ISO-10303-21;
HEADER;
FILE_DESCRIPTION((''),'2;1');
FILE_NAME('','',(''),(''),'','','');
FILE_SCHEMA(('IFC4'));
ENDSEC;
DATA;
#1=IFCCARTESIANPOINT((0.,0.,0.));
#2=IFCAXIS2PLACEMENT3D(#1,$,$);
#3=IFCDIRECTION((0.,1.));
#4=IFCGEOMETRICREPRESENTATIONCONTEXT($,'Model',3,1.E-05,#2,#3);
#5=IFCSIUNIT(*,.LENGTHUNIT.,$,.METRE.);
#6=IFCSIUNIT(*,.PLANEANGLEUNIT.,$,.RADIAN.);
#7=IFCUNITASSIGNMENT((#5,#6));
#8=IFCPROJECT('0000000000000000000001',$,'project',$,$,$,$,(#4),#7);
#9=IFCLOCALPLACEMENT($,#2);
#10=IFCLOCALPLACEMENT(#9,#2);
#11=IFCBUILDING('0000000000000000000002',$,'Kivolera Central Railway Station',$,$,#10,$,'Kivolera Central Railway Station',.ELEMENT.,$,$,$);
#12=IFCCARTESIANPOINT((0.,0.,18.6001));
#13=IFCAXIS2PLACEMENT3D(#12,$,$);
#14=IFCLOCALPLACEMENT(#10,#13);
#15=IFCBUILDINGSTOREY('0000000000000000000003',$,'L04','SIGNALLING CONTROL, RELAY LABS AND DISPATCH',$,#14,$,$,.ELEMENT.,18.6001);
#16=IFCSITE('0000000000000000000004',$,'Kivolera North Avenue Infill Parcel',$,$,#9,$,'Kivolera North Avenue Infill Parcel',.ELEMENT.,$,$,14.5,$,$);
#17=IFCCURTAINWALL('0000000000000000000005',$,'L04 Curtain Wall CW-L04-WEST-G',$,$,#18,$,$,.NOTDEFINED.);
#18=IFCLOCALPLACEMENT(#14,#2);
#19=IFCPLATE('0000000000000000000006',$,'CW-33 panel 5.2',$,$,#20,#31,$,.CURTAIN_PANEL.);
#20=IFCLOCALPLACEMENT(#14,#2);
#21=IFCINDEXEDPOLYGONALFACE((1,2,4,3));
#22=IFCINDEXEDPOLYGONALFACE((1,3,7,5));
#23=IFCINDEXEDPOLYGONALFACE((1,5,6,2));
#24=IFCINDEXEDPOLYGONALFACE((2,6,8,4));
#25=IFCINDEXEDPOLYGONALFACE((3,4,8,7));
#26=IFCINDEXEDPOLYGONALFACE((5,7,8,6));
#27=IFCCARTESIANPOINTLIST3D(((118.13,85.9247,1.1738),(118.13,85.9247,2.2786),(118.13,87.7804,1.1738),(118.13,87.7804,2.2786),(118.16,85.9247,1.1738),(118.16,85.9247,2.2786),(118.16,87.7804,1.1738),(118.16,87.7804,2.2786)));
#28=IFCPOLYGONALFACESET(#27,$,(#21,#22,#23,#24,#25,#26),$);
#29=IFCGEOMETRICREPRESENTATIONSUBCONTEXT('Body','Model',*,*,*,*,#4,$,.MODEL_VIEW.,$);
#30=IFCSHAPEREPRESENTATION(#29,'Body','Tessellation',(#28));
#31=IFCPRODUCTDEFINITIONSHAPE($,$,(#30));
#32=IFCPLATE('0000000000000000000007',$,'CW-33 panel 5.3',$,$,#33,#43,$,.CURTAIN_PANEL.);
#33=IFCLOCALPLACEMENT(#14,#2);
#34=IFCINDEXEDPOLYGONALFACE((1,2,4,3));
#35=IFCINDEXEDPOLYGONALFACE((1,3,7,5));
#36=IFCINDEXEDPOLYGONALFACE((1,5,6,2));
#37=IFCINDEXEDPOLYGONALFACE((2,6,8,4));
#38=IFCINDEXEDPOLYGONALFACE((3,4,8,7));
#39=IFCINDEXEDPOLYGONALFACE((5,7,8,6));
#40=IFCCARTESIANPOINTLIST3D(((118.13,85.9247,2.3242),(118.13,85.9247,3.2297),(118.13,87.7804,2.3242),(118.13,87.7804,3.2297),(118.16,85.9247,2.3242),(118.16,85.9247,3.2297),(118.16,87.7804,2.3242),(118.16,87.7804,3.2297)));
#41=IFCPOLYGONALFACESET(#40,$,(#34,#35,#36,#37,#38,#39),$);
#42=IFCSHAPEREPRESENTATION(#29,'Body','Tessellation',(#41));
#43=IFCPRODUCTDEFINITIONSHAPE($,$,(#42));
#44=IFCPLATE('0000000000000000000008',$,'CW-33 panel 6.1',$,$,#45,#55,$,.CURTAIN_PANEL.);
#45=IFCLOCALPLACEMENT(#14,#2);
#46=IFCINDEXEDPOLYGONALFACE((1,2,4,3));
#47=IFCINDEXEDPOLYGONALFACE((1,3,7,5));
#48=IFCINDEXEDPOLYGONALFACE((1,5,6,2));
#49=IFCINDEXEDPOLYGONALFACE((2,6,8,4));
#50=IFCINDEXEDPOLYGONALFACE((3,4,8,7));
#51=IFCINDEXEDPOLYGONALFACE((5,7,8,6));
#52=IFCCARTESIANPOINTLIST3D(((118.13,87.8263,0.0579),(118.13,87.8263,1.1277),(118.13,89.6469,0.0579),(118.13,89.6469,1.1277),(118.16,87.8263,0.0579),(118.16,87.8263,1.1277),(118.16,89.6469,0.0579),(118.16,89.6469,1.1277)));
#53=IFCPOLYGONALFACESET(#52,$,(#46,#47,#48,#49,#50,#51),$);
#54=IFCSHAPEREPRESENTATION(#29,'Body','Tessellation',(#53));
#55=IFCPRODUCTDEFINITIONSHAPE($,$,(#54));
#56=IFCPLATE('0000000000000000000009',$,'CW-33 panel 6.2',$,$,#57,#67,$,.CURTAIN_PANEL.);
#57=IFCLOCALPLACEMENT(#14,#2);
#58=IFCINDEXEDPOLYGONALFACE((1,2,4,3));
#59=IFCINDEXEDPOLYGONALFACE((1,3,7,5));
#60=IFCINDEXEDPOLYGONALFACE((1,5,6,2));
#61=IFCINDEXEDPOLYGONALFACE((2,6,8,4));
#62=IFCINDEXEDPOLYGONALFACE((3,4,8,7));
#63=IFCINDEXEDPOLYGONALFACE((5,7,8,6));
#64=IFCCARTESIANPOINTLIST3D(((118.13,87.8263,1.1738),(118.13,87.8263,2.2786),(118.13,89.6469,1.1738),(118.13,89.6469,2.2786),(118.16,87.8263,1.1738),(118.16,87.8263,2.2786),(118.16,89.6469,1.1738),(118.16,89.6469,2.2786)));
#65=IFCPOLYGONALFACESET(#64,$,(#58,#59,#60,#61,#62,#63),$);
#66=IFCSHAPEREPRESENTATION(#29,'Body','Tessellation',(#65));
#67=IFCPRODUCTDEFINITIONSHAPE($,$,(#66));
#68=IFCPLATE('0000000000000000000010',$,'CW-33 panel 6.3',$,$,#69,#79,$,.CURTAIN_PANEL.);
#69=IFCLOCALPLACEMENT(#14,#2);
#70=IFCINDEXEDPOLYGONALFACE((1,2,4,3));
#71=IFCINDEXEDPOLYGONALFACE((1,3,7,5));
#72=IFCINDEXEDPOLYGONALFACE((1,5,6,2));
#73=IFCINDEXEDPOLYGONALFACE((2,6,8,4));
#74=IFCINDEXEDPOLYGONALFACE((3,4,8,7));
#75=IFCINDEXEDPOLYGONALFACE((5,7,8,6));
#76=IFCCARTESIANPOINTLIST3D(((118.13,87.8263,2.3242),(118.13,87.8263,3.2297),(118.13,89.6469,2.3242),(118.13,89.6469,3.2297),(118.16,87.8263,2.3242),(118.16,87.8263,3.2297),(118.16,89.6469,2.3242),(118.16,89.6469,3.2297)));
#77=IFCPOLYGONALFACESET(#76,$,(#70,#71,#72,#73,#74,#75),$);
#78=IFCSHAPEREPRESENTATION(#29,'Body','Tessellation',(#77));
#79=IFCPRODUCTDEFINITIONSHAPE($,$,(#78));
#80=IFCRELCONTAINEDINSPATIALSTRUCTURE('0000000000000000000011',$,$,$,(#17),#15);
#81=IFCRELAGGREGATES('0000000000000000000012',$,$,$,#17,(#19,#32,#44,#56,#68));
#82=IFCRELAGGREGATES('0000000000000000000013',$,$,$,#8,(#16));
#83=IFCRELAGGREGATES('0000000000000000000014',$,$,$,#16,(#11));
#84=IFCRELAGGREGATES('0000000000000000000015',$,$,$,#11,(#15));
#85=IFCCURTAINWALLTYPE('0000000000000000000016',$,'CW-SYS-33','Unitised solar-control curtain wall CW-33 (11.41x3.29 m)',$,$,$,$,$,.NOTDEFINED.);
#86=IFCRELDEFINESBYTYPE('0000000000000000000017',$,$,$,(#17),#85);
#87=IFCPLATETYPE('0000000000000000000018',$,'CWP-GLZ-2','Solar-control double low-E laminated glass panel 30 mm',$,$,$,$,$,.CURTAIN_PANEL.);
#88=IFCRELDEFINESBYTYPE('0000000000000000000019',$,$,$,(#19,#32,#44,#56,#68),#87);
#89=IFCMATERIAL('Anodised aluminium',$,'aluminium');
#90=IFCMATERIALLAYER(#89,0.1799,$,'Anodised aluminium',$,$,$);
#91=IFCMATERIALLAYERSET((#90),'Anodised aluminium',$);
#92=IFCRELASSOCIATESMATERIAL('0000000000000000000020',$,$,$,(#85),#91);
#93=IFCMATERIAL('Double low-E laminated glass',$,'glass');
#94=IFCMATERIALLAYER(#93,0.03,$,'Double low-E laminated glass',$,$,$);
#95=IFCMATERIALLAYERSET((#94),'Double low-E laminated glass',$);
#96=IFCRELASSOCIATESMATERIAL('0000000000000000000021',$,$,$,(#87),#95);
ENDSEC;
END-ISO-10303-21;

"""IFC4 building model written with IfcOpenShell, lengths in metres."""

from ifc_helpers import new_model, si_unit, direction, frame, origin, origin_2d, place, context, subcontext, project, spatial, rectangle, extrude, material, layer, layer_set, type_object, element, aggregate, save


model = new_model("IFC4")

# Units and contexts
model_context = context("Model", 3, precision=1e-05, world=origin(), true_north=direction((0.0, 1.0)))
body_context = subcontext(model_context, "Body", "Model", "MODEL_VIEW")
ifc_project = project(units=[si_unit("LENGTHUNIT", "METRE"), si_unit("PLANEANGLEUNIT", "RADIAN")], contexts=[model_context])

# Site, building, storey
site_placement = place(None, origin())
site = spatial("IfcSite", under=ifc_project, at=site_placement, Name="Kivolera North Avenue Infill Parcel", LongName="Kivolera North Avenue Infill Parcel", CompositionType="ELEMENT", RefElevation=14.5)
building_placement = place(site_placement, origin())
building = spatial("IfcBuilding", under=site, at=building_placement, Name="Kivolera Central Railway Station", LongName="Kivolera Central Railway Station", CompositionType="ELEMENT")
storey_placement = place(building_placement, frame((0.0, 0.0, 18.6001)))
storey = spatial("IfcBuildingStorey", under=building, at=storey_placement, Name="L04", Description="SIGNALLING CONTROL, RELAY LABS AND DISPATCH", CompositionType="ELEMENT", Elevation=18.6001)

# Curtain wall
ifc_material_1 = material(Name="Anodised aluminium", Category="aluminium")
ifc_layer_1 = layer(ifc_material_1, 0.1799, Name="Anodised aluminium")
ifc_layer_set_1 = layer_set([ifc_layer_1], Name="Anodised aluminium")
curtain_wall_type = type_object("IfcCurtainWallType", Name="CW-SYS-33", Description="Unitised solar-control curtain wall CW-33 (11.41x3.29 m)", PredefinedType="NOTDEFINED", material=ifc_layer_set_1)
curtain_wall_1_placement = place(storey_placement, origin())
curtain_wall_1 = element("IfcCurtainWall", 1, at=curtain_wall_1_placement, inside=storey, type_object=curtain_wall_type, Name="L04 Curtain Wall CW-L04-WEST-G", PredefinedType="NOTDEFINED")

# Plates
ifc_material_2 = material(Name="Double low-E laminated glass", Category="glass")
ifc_layer_2 = layer(ifc_material_2, 0.03, Name="Double low-E laminated glass")
ifc_layer_set_2 = layer_set([ifc_layer_2], Name="Double low-E laminated glass")
plate_type = type_object("IfcPlateType", Name="CWP-GLZ-2", Description="Solar-control double low-E laminated glass panel 30 mm", PredefinedType="CURTAIN_PANEL", material=ifc_layer_set_2)
plate_1_placement = place(storey_placement, frame((118.145, 86.8525, 1.1738), z_axis=(0.0, 0.0, 1.0), x_axis=(0.0, 1.0, 0.0)))
plate_1 = element("IfcPlate", 2, at=plate_1_placement, type_object=plate_type, Name="CW-33 panel 5.2", PredefinedType="CURTAIN_PANEL", context=body_context, shape_type="SweptSolid", body=[
    extrude(rectangle(XDim=1.8557, YDim=0.03, at=origin_2d()), origin(), (0.0, 0.0, 1.0), 1.1047),
])
plate_2_placement = place(storey_placement, frame((118.145, 86.8525, 2.3242), z_axis=(0.0, 0.0, 1.0), x_axis=(0.0, 1.0, 0.0)))
plate_2 = element("IfcPlate", 3, at=plate_2_placement, type_object=plate_type, Name="CW-33 panel 5.3", PredefinedType="CURTAIN_PANEL", context=body_context, shape_type="SweptSolid", body=[
    extrude(rectangle(XDim=1.8557, YDim=0.03, at=origin_2d()), origin(), (0.0, 0.0, 1.0), 0.9055),
])
plate_3_placement = place(storey_placement, frame((118.145, 88.7366, 0.0579), z_axis=(0.0, 0.0, 1.0), x_axis=(0.0, 1.0, 0.0)))
plate_3 = element("IfcPlate", 4, at=plate_3_placement, type_object=plate_type, Name="CW-33 panel 6.1", PredefinedType="CURTAIN_PANEL", context=body_context, shape_type="SweptSolid", body=[
    extrude(rectangle(XDim=1.8206, YDim=0.03, at=origin_2d()), origin(), (0.0, 0.0, 1.0), 1.0698),
])
plate_4_placement = place(storey_placement, frame((118.145, 88.7366, 1.1738), z_axis=(0.0, 0.0, 1.0), x_axis=(0.0, 1.0, 0.0)))
plate_4 = element("IfcPlate", 5, at=plate_4_placement, type_object=plate_type, Name="CW-33 panel 6.2", PredefinedType="CURTAIN_PANEL", context=body_context, shape_type="SweptSolid", body=[
    extrude(rectangle(XDim=1.8206, YDim=0.03, at=origin_2d()), origin(), (0.0, 0.0, 1.0), 1.1047),
])
plate_5_placement = place(storey_placement, frame((118.145, 88.7366, 2.3242), z_axis=(0.0, 0.0, 1.0), x_axis=(0.0, 1.0, 0.0)))
plate_5 = element("IfcPlate", 6, at=plate_5_placement, type_object=plate_type, Name="CW-33 panel 6.3", PredefinedType="CURTAIN_PANEL", context=body_context, shape_type="SweptSolid", body=[
    extrude(rectangle(XDim=1.8206, YDim=0.03, at=origin_2d()), origin(), (0.0, 0.0, 1.0), 0.9055),
])
aggregate(curtain_wall_1, [plate_1, plate_2, plate_3, plate_4, plate_5])

save(model, "model.ifc")
